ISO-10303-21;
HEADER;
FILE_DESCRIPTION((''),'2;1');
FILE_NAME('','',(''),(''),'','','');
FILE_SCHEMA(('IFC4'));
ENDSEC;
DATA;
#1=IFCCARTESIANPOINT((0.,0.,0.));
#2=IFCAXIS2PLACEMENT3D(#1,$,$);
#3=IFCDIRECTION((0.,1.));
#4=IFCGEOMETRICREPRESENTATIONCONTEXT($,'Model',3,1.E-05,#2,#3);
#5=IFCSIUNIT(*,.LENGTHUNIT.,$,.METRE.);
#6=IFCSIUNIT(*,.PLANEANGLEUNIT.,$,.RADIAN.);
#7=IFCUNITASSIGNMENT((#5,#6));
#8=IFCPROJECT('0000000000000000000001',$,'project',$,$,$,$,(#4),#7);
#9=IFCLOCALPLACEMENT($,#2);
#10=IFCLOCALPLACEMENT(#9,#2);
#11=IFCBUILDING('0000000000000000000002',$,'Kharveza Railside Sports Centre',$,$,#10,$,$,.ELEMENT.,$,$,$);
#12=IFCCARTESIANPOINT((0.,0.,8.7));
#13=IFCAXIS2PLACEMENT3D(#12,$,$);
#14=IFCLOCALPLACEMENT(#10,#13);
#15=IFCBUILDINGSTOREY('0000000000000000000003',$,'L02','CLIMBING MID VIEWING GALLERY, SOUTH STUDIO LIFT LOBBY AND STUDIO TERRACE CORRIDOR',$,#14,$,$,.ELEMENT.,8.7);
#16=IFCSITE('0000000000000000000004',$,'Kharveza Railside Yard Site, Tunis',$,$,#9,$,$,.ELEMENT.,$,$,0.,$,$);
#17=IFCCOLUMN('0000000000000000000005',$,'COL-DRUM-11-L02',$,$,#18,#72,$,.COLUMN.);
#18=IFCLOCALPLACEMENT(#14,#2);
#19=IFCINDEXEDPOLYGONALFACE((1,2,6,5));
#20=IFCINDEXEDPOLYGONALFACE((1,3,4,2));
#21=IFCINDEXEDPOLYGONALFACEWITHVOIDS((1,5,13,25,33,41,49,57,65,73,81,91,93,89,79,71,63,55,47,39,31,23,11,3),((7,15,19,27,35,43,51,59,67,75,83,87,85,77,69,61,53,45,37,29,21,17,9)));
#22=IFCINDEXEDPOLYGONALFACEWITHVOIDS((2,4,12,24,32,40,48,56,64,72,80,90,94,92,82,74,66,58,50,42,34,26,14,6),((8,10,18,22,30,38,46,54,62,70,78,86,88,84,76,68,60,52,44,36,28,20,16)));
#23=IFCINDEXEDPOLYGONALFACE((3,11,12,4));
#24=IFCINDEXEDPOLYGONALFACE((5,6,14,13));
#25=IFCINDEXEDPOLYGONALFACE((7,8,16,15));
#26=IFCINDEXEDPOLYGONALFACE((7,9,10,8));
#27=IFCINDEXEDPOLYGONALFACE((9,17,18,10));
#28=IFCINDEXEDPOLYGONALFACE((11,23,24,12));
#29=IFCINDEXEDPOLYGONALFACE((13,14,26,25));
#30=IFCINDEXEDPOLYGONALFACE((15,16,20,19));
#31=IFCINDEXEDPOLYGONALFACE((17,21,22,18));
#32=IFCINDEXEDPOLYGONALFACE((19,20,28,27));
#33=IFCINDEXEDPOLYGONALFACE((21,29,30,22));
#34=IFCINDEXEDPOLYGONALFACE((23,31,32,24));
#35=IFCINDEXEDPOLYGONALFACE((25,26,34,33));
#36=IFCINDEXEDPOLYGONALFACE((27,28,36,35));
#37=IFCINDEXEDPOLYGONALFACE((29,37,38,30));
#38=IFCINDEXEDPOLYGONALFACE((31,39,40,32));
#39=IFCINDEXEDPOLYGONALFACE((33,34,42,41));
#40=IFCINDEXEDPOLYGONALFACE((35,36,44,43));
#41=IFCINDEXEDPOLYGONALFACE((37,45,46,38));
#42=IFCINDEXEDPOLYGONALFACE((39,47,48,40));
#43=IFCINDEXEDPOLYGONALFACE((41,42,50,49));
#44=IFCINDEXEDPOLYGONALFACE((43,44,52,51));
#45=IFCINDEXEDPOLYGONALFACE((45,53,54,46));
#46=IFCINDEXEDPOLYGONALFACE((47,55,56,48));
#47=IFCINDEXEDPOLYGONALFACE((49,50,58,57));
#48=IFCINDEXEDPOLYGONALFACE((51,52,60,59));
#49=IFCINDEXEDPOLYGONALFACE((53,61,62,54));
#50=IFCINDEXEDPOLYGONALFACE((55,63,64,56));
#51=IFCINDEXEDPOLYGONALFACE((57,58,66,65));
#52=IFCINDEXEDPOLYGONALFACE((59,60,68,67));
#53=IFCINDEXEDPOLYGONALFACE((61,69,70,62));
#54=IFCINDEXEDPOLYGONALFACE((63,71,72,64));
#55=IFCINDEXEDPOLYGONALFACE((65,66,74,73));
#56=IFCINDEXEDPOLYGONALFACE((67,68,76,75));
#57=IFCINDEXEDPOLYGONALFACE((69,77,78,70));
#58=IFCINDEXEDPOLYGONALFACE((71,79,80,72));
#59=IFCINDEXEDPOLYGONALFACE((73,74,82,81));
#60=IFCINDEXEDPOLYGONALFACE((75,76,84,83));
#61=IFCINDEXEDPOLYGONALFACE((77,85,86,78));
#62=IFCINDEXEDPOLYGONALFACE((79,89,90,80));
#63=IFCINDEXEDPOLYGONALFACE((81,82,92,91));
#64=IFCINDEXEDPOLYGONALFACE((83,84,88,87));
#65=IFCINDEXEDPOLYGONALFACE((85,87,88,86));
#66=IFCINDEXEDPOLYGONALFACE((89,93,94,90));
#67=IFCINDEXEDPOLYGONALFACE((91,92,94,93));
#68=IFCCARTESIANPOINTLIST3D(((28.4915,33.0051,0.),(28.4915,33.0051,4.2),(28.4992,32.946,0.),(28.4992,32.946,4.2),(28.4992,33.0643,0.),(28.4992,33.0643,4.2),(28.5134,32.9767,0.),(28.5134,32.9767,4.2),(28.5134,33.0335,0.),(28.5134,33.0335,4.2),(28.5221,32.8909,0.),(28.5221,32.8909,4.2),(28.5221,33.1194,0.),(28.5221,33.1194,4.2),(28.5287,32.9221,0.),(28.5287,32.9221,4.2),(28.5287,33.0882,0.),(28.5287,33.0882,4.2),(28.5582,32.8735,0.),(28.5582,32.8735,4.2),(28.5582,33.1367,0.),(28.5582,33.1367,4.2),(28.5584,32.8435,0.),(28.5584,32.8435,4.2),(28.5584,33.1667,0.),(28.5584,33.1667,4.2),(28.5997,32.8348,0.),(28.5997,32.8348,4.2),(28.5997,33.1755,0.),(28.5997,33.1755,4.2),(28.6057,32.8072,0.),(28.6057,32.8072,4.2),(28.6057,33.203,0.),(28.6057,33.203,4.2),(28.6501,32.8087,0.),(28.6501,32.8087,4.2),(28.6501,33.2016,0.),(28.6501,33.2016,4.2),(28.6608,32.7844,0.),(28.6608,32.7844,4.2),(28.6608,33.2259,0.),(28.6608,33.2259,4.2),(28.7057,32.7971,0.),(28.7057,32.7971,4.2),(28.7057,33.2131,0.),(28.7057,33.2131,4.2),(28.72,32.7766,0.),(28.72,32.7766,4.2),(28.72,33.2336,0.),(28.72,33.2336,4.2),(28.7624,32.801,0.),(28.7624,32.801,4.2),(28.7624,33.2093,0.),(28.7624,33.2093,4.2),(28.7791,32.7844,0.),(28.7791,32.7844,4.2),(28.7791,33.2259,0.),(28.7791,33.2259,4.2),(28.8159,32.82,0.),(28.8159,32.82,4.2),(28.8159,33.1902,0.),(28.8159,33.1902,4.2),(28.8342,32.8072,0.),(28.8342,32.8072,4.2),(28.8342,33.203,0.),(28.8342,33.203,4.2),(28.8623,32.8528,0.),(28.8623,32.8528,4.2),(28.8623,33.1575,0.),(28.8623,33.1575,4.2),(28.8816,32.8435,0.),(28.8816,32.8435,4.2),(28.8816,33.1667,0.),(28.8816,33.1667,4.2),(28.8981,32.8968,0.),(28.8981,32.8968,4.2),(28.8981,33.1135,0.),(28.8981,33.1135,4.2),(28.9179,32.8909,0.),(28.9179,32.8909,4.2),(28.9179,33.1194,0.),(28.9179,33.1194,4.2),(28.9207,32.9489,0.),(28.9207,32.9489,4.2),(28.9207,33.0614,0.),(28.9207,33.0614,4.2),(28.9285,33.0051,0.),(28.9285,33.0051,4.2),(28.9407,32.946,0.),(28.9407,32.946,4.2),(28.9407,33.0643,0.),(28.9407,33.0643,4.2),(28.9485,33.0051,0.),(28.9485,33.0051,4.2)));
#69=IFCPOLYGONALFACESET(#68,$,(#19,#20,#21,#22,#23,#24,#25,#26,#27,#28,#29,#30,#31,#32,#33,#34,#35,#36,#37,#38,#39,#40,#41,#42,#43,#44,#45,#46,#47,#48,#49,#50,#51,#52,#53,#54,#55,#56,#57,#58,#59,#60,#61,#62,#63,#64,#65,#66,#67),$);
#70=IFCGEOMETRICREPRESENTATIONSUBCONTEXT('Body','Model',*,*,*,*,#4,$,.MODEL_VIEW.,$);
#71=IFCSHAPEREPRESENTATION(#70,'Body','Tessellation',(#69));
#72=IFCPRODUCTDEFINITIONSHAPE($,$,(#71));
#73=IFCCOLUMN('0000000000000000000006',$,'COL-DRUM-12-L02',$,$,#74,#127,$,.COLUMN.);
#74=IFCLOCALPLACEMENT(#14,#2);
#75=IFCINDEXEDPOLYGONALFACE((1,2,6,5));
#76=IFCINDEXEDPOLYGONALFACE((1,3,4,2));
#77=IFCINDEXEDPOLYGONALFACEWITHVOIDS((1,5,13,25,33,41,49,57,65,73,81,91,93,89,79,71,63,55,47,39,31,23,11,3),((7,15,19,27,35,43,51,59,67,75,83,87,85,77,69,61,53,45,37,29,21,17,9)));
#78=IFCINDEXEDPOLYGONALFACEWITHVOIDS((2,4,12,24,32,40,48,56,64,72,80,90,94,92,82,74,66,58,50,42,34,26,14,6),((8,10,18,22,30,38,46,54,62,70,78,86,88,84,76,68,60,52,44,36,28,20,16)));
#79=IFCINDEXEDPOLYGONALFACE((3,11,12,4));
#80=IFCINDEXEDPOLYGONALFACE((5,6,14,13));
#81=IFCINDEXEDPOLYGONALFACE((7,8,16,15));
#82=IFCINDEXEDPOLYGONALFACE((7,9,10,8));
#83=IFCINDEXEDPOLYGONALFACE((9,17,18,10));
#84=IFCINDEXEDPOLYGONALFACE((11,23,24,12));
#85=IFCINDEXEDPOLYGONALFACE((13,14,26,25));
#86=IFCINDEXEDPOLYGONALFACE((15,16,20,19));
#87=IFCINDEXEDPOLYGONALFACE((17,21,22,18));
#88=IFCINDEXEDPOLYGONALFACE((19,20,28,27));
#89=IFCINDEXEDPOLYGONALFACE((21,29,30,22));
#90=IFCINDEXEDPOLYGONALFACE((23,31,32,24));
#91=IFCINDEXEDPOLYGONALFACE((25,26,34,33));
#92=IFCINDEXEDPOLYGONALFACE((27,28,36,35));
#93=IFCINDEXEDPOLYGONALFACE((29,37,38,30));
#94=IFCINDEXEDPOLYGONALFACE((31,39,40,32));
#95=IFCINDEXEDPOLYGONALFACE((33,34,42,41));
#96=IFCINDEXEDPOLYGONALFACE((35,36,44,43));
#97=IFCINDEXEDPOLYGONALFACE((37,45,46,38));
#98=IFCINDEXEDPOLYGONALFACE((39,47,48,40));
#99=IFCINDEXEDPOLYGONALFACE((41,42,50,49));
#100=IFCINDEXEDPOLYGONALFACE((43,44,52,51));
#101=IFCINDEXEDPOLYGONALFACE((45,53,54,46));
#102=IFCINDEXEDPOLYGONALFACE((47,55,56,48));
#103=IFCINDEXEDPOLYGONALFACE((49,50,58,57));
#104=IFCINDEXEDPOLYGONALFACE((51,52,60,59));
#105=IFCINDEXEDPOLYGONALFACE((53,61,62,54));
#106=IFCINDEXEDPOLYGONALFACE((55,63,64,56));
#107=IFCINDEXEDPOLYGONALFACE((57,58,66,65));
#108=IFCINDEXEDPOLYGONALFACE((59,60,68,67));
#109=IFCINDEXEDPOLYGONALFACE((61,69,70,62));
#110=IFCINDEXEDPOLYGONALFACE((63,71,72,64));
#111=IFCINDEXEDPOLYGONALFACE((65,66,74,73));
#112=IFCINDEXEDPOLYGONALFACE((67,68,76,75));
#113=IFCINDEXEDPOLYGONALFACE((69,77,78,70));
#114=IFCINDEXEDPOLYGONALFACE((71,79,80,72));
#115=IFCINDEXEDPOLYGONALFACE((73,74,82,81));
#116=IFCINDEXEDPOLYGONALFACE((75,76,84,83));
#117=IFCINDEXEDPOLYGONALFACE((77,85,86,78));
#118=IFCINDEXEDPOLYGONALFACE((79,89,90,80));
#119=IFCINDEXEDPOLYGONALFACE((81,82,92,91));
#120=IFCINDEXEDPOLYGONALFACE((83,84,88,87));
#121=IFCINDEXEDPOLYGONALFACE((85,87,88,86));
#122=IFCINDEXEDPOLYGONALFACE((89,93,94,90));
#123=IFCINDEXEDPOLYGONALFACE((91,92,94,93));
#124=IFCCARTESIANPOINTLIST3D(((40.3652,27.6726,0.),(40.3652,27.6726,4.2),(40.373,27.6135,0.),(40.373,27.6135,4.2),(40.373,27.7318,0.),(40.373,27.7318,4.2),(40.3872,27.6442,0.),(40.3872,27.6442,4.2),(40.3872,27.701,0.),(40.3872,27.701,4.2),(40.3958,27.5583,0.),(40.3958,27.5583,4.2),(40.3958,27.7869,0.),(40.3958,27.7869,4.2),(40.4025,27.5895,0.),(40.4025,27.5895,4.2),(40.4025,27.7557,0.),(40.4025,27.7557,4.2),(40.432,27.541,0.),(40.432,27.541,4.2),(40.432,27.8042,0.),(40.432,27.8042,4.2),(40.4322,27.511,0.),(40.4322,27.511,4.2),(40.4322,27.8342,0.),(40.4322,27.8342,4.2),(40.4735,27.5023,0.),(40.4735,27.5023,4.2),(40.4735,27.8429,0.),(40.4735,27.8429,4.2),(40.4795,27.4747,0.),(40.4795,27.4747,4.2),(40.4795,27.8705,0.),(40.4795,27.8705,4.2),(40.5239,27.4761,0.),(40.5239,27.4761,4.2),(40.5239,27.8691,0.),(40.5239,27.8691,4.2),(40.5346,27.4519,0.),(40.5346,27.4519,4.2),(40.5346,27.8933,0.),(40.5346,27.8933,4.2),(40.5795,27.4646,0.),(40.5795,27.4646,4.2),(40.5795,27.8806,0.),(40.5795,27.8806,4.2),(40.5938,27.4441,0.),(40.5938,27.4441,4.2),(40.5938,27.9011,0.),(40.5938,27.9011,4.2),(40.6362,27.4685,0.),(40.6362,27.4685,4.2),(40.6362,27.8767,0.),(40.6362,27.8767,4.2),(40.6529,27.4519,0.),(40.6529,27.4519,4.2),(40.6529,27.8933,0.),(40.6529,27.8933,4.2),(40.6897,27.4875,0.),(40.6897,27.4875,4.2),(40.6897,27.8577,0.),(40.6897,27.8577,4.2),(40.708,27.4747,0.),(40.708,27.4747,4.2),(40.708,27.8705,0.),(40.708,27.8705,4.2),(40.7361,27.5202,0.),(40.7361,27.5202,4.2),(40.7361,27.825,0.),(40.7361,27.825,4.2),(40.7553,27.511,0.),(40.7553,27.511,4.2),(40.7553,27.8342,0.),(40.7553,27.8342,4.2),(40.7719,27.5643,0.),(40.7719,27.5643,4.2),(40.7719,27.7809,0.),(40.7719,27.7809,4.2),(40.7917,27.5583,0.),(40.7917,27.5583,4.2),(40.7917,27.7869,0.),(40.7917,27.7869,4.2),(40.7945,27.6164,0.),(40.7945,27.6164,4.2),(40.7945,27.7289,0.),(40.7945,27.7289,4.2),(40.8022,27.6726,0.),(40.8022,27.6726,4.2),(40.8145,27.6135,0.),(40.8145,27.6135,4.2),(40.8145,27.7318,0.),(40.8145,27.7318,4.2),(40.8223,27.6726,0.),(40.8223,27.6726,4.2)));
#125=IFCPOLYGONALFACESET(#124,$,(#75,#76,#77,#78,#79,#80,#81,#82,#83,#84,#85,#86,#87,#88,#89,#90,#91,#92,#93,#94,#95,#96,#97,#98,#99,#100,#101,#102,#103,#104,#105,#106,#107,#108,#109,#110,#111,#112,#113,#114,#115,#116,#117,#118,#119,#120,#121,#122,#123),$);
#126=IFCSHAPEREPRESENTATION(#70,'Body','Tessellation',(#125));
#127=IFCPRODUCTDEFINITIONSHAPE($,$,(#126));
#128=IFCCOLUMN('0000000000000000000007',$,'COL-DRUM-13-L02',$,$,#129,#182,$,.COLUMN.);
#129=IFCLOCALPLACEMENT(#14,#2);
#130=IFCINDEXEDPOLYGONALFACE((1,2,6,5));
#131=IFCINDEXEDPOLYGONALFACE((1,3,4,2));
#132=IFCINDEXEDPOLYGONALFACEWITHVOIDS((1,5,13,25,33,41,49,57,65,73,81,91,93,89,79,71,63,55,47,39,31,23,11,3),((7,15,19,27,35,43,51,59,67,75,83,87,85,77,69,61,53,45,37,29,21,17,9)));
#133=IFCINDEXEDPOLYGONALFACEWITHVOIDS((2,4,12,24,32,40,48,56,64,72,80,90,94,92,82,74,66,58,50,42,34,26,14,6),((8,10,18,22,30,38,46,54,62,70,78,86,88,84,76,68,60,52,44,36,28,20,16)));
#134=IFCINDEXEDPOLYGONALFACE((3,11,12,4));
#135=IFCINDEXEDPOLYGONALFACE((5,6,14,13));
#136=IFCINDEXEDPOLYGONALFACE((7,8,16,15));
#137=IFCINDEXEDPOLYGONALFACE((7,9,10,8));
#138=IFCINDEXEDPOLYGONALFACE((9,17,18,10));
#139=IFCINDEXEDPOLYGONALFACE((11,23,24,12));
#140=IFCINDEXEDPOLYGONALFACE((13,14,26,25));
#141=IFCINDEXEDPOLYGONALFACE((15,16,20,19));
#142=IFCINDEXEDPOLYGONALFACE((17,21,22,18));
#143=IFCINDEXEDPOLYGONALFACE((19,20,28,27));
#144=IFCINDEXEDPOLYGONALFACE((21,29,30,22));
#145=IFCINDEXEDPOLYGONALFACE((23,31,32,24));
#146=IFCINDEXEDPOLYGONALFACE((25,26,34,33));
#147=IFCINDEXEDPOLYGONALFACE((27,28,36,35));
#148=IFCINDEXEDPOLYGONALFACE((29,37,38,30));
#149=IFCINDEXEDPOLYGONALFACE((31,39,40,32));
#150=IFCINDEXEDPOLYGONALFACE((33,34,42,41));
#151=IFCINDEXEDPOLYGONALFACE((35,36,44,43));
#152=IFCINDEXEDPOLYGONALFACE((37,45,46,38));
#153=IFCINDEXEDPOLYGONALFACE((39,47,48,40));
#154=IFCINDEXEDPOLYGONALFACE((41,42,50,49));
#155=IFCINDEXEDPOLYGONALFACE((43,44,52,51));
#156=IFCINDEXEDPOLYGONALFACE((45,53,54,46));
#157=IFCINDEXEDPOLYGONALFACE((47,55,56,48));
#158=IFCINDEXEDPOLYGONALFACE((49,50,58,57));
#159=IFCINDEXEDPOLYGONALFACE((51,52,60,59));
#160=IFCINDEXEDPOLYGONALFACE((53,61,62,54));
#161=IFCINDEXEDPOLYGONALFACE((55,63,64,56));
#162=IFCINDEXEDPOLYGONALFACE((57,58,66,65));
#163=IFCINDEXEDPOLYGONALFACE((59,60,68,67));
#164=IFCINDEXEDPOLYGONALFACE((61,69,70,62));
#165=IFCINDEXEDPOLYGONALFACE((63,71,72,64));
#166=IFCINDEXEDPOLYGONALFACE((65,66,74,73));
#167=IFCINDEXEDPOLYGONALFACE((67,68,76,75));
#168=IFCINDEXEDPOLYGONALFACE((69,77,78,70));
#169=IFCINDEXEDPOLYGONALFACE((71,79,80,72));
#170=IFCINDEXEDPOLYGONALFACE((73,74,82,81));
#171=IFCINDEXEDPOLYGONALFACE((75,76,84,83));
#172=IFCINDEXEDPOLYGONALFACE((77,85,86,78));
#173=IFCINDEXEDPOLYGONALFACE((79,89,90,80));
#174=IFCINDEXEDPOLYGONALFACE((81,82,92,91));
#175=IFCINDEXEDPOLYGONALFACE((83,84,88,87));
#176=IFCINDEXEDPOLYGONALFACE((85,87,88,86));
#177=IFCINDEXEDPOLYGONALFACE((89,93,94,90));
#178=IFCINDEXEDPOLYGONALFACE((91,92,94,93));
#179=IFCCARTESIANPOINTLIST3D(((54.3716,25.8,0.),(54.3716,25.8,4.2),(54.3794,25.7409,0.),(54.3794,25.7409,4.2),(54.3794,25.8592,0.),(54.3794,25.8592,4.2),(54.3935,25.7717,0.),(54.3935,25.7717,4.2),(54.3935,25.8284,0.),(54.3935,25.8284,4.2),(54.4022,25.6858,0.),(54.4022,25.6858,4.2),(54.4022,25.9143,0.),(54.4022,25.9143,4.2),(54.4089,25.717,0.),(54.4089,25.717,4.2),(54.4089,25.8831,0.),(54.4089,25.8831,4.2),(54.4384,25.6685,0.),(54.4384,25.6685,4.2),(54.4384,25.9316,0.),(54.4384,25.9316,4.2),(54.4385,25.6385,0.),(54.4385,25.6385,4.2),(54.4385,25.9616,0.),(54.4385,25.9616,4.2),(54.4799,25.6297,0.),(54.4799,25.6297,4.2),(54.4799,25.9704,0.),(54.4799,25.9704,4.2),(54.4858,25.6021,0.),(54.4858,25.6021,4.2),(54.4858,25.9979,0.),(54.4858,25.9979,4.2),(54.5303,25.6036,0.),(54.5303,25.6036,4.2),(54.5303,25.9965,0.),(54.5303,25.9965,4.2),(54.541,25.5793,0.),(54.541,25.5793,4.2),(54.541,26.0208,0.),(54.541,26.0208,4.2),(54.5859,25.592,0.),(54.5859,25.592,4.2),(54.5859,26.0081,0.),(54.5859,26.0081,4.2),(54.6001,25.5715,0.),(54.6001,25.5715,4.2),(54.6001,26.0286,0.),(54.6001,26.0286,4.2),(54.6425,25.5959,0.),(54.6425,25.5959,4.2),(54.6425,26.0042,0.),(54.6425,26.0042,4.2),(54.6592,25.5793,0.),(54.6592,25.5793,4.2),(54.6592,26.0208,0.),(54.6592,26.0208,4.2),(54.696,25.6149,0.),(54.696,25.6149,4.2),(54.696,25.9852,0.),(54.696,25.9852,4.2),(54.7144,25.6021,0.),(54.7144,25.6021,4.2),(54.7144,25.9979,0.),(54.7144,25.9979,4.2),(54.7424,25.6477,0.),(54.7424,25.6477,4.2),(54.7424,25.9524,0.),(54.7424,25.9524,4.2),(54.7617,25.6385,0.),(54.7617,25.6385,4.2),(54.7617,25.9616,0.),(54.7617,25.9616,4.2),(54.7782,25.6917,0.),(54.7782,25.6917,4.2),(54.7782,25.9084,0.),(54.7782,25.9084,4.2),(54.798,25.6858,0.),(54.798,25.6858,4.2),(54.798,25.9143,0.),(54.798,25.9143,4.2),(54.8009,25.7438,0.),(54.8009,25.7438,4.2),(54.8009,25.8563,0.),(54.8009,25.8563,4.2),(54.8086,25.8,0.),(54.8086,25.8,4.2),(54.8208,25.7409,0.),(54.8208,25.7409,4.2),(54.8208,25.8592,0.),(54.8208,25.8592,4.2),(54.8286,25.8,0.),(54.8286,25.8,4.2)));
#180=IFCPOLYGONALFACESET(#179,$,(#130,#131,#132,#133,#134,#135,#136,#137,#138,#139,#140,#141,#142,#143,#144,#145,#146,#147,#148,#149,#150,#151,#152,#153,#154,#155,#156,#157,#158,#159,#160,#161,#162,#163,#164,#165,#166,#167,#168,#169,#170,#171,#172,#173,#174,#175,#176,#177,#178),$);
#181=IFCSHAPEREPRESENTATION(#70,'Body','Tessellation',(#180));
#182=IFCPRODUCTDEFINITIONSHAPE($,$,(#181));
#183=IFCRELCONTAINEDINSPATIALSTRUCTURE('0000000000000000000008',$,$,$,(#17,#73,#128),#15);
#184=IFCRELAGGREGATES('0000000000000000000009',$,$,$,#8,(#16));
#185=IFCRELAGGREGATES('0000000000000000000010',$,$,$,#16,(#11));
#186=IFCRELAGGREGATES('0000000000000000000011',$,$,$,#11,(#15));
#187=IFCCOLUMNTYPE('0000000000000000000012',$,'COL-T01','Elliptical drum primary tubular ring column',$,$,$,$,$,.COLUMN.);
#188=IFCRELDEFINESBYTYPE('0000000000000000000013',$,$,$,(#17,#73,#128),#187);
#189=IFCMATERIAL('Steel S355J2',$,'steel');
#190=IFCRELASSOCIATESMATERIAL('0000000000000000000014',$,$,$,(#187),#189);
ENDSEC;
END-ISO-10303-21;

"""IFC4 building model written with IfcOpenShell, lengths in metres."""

from ifc_helpers import new_model, si_unit, direction, frame, origin, origin_2d, place, context, subcontext, project, spatial, hollow_circle, extrude, material, material_profile, profile_set, type_object, element, save


model = new_model("IFC4")

# Units and contexts
model_context = context("Model", 3, precision=1e-05, world=origin(), true_north=direction((0.0, 1.0)))
body_context = subcontext(model_context, "Body", "Model", "MODEL_VIEW")
ifc_project = project(units=[si_unit("LENGTHUNIT", "METRE"), si_unit("PLANEANGLEUNIT", "RADIAN")], contexts=[model_context])

# Site, building, storey
site_placement = place(None, origin())
site = spatial("IfcSite", under=ifc_project, at=site_placement, Name="Kharveza Railside Yard Site, Tunis", CompositionType="ELEMENT", RefElevation=0.0)
building_placement = place(site_placement, origin())
building = spatial("IfcBuilding", under=site, at=building_placement, Name="Kharveza Railside Sports Centre", CompositionType="ELEMENT")
storey_placement = place(building_placement, frame((0.0, 0.0, 8.7)))
storey = spatial("IfcBuildingStorey", under=building, at=storey_placement, Name="L02", Description="CLIMBING MID VIEWING GALLERY, SOUTH STUDIO LIFT LOBBY AND STUDIO TERRACE CORRIDOR", CompositionType="ELEMENT", Elevation=8.7)

# Columns
ifc_material_1 = material(Name="Steel S355J2", Category="steel")
ifc_material_profile_1 = material_profile(ifc_material_1, hollow_circle(Radius=0.2285, WallThickness=0.02, at=origin_2d()), Name="CHS 457.0x20.0")
ifc_profile_set_1 = profile_set([ifc_material_profile_1], Name="Steel S355J2")
column_type = type_object("IfcColumnType", Name="COL-T01", Description="Elliptical drum primary tubular ring column", PredefinedType="COLUMN", material=ifc_profile_set_1)
for number, where, z_axis, x_axis, name in (
    (1, (28.72, 33.0051, 0.0), (0.0, 0.0, 1.0), (1.0, 0.0, 0.0), "COL-DRUM-11-L02"),
    (2, (40.5938, 27.6726, 0.0), (0.0, 0.0, 1.0), (1.0, 0.0, 0.0), "COL-DRUM-12-L02"),
    (3, (54.6001, 25.8, 0.0), (0.0, 0.0, 1.0), (1.0, 0.0, 0.0), "COL-DRUM-13-L02"),
):
    element("IfcColumn", number, at=place(storey_placement, frame(where, z_axis=z_axis, x_axis=x_axis)), inside=storey, type_object=column_type, Name=name, PredefinedType="COLUMN", context=body_context, shape_type="SweptSolid", body=[
        extrude(hollow_circle(Radius=0.2285, WallThickness=0.02, at=origin_2d()), origin(), (0.0, 0.0, 1.0), 4.2),
    ])

save(model, "model.ifc")
